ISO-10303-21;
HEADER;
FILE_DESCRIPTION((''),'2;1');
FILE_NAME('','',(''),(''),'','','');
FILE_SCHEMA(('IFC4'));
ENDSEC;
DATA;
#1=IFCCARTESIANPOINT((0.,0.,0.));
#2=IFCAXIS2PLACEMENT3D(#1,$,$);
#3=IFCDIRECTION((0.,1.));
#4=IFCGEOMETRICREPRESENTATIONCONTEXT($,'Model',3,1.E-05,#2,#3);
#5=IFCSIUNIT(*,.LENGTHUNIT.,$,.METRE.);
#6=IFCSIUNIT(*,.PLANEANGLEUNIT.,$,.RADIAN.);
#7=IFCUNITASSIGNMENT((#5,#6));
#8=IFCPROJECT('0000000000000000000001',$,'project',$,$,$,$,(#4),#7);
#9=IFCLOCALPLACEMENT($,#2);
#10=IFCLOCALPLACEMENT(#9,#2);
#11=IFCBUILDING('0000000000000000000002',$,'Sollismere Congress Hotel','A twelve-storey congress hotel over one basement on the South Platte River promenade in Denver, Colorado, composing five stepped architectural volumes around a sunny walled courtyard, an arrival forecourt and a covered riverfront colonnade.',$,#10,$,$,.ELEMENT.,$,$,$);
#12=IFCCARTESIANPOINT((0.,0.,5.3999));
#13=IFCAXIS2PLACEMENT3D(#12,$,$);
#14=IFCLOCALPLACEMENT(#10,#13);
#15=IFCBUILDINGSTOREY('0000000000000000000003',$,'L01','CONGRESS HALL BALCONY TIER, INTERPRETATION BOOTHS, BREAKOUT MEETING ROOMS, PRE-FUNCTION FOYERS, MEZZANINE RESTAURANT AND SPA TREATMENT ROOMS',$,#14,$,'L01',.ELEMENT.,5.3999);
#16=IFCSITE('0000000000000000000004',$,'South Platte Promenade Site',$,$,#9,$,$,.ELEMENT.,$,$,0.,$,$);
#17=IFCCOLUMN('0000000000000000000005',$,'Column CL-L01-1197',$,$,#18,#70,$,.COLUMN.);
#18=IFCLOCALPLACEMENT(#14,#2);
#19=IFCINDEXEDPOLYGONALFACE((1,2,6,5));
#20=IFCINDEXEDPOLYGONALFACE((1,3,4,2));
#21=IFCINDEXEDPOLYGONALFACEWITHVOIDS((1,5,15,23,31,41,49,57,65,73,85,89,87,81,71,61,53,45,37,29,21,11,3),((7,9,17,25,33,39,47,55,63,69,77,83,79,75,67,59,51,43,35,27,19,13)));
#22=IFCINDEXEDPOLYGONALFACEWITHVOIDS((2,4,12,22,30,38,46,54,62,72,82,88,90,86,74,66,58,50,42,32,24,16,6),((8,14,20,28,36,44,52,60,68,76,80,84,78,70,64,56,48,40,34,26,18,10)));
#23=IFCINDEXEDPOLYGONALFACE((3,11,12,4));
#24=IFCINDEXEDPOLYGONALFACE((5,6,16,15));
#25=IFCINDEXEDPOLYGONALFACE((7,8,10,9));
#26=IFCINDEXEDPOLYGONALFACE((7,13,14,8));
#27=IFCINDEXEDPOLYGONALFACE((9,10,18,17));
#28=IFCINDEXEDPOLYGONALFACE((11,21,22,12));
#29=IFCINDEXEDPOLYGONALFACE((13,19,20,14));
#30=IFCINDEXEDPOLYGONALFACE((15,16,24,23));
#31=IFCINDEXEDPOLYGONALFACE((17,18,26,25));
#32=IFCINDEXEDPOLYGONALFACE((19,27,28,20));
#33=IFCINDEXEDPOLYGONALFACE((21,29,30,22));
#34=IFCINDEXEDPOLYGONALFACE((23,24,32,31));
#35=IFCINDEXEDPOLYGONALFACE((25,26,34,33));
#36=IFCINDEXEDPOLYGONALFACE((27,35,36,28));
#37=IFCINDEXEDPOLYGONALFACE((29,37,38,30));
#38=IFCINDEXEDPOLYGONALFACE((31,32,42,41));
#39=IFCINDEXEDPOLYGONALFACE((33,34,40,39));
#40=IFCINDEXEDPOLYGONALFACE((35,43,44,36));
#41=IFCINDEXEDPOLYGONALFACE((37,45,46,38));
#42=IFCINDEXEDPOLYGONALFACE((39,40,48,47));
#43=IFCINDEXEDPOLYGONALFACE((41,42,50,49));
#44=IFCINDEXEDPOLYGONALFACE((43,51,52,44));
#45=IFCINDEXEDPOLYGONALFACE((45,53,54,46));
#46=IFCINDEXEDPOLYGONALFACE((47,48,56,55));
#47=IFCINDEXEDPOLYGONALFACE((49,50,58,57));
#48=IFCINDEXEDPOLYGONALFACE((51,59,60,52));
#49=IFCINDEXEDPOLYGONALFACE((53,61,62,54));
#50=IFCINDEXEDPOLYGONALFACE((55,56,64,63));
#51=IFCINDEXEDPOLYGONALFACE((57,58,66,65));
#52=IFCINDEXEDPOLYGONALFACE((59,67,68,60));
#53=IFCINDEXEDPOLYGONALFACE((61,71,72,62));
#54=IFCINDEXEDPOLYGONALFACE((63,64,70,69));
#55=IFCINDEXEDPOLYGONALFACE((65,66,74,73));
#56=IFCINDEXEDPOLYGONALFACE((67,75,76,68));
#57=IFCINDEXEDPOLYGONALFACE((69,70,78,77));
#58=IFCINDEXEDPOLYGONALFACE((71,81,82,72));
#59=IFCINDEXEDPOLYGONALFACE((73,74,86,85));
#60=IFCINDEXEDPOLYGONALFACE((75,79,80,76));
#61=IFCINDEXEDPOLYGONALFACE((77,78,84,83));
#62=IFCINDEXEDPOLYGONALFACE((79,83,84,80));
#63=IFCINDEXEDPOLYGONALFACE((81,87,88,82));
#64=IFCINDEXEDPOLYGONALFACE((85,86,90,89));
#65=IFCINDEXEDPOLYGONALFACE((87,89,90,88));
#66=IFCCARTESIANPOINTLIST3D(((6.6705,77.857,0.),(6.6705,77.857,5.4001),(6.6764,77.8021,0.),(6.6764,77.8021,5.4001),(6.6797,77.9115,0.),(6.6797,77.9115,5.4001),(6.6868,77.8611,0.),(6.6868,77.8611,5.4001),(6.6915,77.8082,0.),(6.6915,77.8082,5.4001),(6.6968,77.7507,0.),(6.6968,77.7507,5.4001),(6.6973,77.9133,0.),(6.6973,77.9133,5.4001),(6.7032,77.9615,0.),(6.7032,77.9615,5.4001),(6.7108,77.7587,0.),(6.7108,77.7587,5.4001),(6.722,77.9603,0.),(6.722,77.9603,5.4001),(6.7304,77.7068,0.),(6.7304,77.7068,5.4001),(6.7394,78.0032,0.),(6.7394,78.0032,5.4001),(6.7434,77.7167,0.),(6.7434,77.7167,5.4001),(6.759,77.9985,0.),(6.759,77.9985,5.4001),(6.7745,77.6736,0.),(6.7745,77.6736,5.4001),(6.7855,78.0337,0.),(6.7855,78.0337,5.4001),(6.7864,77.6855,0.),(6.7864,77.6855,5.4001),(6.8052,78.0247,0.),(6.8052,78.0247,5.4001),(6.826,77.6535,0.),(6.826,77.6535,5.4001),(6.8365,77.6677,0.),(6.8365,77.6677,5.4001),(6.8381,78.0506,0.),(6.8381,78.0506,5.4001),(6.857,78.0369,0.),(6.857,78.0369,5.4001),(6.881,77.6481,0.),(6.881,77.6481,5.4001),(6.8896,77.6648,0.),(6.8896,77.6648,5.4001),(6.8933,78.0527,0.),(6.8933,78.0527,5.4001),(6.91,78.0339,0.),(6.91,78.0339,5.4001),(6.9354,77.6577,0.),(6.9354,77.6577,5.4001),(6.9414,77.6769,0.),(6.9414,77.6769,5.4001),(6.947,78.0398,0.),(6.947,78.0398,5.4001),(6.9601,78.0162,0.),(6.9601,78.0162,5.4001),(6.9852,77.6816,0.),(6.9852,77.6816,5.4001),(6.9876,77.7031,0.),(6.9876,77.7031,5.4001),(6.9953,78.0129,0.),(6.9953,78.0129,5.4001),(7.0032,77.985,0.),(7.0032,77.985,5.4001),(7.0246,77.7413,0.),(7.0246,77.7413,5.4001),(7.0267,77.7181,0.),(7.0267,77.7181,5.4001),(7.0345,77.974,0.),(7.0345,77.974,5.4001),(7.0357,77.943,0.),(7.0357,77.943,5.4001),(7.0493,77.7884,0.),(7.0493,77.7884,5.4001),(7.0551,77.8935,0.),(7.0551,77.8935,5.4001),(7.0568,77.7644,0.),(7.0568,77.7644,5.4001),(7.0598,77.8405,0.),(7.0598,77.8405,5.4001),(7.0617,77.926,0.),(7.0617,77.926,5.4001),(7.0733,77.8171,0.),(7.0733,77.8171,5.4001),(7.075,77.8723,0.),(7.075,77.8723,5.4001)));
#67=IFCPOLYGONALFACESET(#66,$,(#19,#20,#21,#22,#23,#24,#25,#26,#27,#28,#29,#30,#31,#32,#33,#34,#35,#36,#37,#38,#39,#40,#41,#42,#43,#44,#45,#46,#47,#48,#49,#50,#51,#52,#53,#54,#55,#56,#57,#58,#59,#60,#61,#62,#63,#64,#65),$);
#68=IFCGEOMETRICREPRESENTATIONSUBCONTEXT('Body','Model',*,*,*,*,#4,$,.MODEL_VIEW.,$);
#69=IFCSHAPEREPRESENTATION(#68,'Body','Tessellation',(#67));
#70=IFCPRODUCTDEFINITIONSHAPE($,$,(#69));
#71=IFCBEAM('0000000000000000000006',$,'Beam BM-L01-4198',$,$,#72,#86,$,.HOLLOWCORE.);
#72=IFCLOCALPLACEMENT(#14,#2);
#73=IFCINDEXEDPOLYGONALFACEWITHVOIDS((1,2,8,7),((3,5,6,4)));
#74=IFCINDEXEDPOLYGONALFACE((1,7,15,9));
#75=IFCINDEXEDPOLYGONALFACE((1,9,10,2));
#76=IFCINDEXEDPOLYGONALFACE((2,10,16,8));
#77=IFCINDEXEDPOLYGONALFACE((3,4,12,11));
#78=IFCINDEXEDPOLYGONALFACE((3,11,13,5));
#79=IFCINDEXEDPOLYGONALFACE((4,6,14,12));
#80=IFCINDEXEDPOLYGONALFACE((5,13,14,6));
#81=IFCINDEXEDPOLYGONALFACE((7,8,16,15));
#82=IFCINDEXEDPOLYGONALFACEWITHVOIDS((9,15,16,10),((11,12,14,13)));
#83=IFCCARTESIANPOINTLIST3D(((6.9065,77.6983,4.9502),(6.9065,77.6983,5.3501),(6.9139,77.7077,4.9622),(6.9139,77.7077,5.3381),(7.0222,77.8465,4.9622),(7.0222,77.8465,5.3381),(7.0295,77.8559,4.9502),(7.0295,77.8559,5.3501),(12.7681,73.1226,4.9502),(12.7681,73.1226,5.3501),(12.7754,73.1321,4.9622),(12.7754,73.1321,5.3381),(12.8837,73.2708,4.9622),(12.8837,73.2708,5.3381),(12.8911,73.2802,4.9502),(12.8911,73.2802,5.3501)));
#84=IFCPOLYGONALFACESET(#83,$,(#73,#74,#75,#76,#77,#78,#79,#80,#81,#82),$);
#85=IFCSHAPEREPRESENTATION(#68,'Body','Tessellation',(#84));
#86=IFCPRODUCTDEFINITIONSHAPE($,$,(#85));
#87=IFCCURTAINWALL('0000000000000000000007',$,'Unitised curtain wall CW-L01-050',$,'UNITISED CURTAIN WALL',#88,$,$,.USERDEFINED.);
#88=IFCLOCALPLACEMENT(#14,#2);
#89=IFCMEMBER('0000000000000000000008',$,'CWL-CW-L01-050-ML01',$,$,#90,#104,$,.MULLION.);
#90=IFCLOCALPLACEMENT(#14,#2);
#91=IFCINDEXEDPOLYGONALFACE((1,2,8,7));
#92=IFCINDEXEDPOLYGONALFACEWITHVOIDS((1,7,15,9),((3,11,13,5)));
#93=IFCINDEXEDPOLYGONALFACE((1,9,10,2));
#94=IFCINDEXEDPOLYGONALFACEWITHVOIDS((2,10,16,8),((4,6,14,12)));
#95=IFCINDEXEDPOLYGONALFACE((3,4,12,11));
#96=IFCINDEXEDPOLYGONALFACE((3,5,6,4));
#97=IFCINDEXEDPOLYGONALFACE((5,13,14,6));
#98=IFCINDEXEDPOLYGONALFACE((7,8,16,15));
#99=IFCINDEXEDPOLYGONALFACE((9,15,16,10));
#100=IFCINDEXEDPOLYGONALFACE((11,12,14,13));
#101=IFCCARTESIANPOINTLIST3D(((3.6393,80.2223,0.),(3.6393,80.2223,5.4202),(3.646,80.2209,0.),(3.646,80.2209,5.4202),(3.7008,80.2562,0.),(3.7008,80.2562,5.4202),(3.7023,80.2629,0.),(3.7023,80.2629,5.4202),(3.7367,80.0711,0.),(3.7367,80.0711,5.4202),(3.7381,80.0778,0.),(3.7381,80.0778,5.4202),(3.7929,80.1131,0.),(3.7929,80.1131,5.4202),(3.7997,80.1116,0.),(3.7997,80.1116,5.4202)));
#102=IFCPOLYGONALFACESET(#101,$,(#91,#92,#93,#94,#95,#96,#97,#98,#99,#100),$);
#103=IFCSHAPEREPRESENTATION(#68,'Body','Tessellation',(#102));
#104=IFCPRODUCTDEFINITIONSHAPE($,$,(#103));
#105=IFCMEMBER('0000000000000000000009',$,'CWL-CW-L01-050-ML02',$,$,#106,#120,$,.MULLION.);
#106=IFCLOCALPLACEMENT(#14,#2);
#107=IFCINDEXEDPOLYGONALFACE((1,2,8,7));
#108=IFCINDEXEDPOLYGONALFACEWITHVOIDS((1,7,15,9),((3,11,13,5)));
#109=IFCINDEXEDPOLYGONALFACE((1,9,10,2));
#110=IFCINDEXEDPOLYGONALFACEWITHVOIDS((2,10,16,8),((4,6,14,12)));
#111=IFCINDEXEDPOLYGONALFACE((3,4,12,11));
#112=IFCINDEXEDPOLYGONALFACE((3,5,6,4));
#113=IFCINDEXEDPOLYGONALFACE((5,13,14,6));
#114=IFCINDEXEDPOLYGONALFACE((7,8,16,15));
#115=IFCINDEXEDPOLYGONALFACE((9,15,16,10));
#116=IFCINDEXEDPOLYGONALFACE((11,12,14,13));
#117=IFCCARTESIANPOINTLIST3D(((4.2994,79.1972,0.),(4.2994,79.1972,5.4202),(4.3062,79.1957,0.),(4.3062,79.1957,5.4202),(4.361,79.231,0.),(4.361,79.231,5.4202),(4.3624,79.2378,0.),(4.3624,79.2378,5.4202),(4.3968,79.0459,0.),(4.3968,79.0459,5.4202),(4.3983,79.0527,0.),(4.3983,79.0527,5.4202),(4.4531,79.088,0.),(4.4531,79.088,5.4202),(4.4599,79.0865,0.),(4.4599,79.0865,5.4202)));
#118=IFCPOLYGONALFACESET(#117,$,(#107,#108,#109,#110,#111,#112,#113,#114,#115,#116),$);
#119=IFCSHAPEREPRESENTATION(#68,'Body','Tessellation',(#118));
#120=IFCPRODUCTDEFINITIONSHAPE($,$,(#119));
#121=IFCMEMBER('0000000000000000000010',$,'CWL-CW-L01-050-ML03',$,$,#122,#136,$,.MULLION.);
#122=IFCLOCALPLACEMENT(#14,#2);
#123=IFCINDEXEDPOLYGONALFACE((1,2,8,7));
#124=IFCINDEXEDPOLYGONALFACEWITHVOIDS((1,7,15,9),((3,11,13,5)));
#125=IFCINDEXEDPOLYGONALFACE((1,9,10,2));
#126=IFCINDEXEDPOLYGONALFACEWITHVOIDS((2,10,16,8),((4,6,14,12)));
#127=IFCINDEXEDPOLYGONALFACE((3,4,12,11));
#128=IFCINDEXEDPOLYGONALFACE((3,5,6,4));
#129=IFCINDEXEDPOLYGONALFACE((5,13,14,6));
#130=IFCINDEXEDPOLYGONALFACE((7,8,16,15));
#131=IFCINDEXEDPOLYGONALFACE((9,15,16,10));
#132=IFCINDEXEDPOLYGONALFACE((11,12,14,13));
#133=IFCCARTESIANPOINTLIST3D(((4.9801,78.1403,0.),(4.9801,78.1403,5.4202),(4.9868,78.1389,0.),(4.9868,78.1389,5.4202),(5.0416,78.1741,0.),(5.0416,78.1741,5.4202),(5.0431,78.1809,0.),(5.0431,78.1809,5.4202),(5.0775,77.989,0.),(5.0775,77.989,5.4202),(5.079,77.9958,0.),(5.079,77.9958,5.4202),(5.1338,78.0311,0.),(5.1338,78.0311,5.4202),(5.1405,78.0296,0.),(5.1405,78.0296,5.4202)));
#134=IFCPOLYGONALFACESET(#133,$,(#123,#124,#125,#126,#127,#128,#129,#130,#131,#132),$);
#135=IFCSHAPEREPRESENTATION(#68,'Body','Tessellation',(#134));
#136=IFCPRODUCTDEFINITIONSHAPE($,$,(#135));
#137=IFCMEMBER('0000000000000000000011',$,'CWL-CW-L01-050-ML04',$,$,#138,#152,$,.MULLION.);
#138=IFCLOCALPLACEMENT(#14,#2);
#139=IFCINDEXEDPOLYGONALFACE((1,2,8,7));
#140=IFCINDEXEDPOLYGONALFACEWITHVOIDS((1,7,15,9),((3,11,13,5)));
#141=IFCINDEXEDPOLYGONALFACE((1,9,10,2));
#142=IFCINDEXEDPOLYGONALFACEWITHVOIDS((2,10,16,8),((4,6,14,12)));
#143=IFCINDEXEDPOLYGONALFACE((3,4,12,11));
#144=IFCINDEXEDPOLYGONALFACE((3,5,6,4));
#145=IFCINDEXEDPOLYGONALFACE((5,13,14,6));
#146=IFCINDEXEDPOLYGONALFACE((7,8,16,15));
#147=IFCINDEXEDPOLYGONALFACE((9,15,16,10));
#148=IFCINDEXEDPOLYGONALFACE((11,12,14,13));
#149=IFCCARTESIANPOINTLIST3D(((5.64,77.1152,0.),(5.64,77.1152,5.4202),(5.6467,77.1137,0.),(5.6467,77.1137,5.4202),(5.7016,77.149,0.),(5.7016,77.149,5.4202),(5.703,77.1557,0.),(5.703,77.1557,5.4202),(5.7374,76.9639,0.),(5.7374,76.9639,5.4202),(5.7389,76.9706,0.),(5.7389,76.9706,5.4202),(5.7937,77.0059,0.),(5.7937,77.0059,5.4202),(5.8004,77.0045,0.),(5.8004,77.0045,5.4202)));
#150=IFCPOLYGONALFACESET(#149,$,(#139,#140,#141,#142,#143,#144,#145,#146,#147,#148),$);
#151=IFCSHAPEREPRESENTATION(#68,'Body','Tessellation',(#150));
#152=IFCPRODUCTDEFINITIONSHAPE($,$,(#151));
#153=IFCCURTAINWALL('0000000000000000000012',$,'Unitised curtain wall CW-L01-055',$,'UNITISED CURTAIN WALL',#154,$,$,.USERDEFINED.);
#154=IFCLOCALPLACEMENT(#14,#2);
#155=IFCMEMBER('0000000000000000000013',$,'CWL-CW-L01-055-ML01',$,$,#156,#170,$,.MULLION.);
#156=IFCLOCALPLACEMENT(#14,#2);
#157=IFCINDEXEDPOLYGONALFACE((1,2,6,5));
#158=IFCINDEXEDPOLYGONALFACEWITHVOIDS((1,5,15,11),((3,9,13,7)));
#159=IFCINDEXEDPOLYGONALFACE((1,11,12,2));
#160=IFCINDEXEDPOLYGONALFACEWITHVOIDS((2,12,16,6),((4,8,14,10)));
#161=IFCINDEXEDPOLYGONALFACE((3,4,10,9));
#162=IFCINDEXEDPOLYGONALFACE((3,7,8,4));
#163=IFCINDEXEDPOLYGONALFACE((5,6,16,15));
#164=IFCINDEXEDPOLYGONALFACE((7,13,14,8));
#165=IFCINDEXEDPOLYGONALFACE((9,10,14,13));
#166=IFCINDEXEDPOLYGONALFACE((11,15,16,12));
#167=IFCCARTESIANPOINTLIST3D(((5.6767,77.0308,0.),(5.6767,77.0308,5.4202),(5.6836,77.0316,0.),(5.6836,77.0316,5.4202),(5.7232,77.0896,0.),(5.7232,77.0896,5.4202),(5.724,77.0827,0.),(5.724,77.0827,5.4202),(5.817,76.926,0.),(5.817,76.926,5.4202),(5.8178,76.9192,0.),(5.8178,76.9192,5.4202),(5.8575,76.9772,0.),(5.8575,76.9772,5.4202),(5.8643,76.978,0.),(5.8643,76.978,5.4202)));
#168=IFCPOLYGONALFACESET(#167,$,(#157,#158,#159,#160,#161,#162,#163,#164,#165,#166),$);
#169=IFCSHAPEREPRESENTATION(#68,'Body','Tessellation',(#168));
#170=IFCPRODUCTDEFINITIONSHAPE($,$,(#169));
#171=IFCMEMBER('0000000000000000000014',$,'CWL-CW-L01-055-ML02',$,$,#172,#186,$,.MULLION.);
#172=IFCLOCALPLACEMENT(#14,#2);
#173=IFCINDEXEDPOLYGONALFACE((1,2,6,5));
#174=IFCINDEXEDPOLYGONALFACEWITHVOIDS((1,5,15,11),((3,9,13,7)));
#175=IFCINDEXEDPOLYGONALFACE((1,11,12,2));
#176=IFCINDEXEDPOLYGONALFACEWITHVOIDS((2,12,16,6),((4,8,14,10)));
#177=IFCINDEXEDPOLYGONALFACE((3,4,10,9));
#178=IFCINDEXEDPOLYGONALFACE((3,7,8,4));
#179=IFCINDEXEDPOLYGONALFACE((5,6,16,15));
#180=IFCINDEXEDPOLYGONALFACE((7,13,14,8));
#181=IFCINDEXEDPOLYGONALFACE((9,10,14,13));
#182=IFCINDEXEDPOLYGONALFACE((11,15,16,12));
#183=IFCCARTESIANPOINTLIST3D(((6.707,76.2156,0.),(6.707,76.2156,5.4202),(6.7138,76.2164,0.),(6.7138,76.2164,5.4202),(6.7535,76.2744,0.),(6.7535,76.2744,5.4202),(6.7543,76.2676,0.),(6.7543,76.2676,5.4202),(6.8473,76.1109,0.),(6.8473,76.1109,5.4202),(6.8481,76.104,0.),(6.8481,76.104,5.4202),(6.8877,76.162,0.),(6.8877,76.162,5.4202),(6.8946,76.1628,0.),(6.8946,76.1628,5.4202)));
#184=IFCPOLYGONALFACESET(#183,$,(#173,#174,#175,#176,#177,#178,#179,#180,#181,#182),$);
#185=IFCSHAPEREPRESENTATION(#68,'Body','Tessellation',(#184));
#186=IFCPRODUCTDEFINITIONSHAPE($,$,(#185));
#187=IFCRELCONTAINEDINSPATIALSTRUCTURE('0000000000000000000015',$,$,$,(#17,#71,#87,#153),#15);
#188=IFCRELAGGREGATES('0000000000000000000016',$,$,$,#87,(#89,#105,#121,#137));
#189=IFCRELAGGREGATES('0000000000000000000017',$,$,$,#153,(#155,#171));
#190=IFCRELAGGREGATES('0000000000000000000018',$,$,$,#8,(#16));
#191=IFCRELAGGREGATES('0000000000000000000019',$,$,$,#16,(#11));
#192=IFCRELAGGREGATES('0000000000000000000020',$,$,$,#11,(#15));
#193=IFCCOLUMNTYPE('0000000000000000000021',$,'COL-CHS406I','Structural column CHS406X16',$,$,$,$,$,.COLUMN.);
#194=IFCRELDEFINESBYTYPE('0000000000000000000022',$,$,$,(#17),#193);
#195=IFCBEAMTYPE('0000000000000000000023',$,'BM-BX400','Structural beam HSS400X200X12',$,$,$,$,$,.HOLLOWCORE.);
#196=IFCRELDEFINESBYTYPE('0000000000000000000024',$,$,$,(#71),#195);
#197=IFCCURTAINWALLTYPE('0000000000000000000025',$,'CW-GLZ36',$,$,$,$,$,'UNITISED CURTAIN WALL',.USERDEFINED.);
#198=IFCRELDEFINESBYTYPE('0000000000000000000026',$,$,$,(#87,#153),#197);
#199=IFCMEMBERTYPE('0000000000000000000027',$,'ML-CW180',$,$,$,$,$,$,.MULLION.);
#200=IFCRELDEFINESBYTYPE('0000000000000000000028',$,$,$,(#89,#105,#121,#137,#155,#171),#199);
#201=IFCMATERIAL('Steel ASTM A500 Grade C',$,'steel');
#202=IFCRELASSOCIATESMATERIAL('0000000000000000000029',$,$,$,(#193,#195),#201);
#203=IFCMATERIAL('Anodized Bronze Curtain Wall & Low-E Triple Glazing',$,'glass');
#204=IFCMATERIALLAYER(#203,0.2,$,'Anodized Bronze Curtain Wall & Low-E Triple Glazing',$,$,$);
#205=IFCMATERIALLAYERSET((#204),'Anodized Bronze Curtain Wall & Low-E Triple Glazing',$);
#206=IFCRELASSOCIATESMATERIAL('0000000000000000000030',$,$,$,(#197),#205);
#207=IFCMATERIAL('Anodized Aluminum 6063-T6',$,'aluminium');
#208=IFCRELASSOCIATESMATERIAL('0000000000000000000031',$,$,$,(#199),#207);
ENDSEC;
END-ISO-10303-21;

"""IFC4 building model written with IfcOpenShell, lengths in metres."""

from ifc_helpers import new_model, si_unit, direction, frame, origin, origin_2d, place, context, subcontext, project, spatial, hollow_rectangle, hollow_circle, extrude, material, layer, layer_set, material_profile, profile_set, type_object, element, aggregate, save


model = new_model("IFC4")

# Units and contexts
model_context = context("Model", 3, precision=1e-05, world=origin(), true_north=direction((0.0, 1.0)))
body_context = subcontext(model_context, "Body", "Model", "MODEL_VIEW")
ifc_project = project(units=[si_unit("LENGTHUNIT", "METRE"), si_unit("PLANEANGLEUNIT", "RADIAN")], contexts=[model_context])

# Site, building, storey
site_placement = place(None, origin())
site = spatial("IfcSite", under=ifc_project, at=site_placement, Name="South Platte Promenade Site", CompositionType="ELEMENT", RefElevation=0.0)
building_placement = place(site_placement, origin())
building = spatial("IfcBuilding", under=site, at=building_placement, Name="Sollismere Congress Hotel", Description="A twelve-storey congress hotel over one basement on the South Platte River promenade in Denver, Colorado, composing five stepped architectural volumes around a sunny walled courtyard, an arrival forecourt and a covered riverfront colonnade.", CompositionType="ELEMENT")
storey_placement = place(building_placement, frame((0.0, 0.0, 5.3999)))
storey = spatial("IfcBuildingStorey", under=building, at=storey_placement, Name="L01", Description="CONGRESS HALL BALCONY TIER, INTERPRETATION BOOTHS, BREAKOUT MEETING ROOMS, PRE-FUNCTION FOYERS, MEZZANINE RESTAURANT AND SPA TREATMENT ROOMS", LongName="L01", CompositionType="ELEMENT", Elevation=5.3999)

# Column
ifc_material_1 = material(Name="Steel ASTM A500 Grade C", Category="steel")
ifc_material_profile_1 = material_profile(ifc_material_1, hollow_circle(Radius=0.2029, WallThickness=0.0161, at=origin_2d()), Name="CHS406X16")
ifc_profile_set_1 = profile_set([ifc_material_profile_1], Name="Steel ASTM A500 Grade C")
column_type = type_object("IfcColumnType", Name="COL-CHS406I", Description="Structural column CHS406X16", PredefinedType="COLUMN", material=ifc_profile_set_1)
column_placement = place(storey_placement, frame((6.8733, 77.8508, 0.0), z_axis=(0.0, 0.0, 1.0), x_axis=(-0.86984, -0.493335, 0.0)))
element("IfcColumn", 1, at=column_placement, inside=storey, type_object=column_type, Name="Column CL-L01-1197", PredefinedType="COLUMN", context=body_context, shape_type="SweptSolid", body=[
    extrude(hollow_circle(Radius=0.2029, WallThickness=0.0161, at=origin_2d()), origin(), (0.0, 0.0, 1.0), 5.4001),
])

# Beam
ifc_material_profile_2 = material_profile(ifc_material_1, hollow_rectangle(XDim=0.2, YDim=0.3999, WallThickness=0.012, at=origin_2d()), Name="HSS400X200X12")
ifc_profile_set_2 = profile_set([ifc_material_profile_2], Name="Steel ASTM A500 Grade C")
beam_type = type_object("IfcBeamType", Name="BM-BX400", Description="Structural beam HSS400X200X12", PredefinedType="HOLLOWCORE", material=ifc_profile_set_2)
beam_placement = place(storey_placement, frame((6.968, 77.7771, 5.1501), z_axis=(0.788264, -0.615338, 0.0), x_axis=(0.615338, 0.788264, 0.0)))
element("IfcBeam", 2, at=beam_placement, inside=storey, type_object=beam_type, Name="Beam BM-L01-4198", PredefinedType="HOLLOWCORE", context=body_context, shape_type="SweptSolid", body=[
    extrude(hollow_rectangle(XDim=0.2, YDim=0.3999, WallThickness=0.012, at=origin_2d()), origin(), (0.0, 0.0, 1.0), 7.436),
])

# Curtain walls, members
ifc_material_2 = material(Name="Anodized Bronze Curtain Wall & Low-E Triple Glazing", Category="glass")
ifc_layer_1 = layer(ifc_material_2, 0.2, Name="Anodized Bronze Curtain Wall & Low-E Triple Glazing")
ifc_layer_set_1 = layer_set([ifc_layer_1], Name="Anodized Bronze Curtain Wall & Low-E Triple Glazing")
curtain_wall_type = type_object("IfcCurtainWallType", Name="CW-GLZ36", ElementType="UNITISED CURTAIN WALL", PredefinedType="USERDEFINED", material=ifc_layer_set_1)
curtain_wall_1_placement = place(storey_placement, origin())
curtain_wall_1 = element("IfcCurtainWall", 3, at=curtain_wall_1_placement, inside=storey, type_object=curtain_wall_type, Name="Unitised curtain wall CW-L01-050", ObjectType="UNITISED CURTAIN WALL", PredefinedType="USERDEFINED")
ifc_material_3 = material(Name="Anodized Aluminum 6063-T6", Category="aluminium")
ifc_material_profile_3 = material_profile(ifc_material_3, hollow_rectangle(XDim=0.075, YDim=0.1799, WallThickness=0.0049, at=origin_2d()), Name="ALU180X75X5")
ifc_profile_set_3 = profile_set([ifc_material_profile_3], Name="Anodized Aluminum 6063-T6")
member_type_1 = type_object("IfcMemberType", Name="ML-CW180", PredefinedType="MULLION", material=ifc_profile_set_3)
member_1_placement = place(storey_placement, frame((3.7195, 80.167, 0.0), z_axis=(0.0, 0.0, 1.0), x_axis=(0.840775, 0.541385, 0.0)))
member_1 = element("IfcMember", 4, at=member_1_placement, type_object=member_type_1, Name="CWL-CW-L01-050-ML01", PredefinedType="MULLION", context=body_context, shape_type="SweptSolid", body=[
    extrude(hollow_rectangle(XDim=0.075, YDim=0.1799, WallThickness=0.0049, at=origin_2d()), origin(), (0.0, 0.0, 1.0), 5.4202),
])
member_2_placement = place(storey_placement, frame((4.3796, 79.1418, 0.0), z_axis=(0.0, 0.0, 1.0), x_axis=(0.840775, 0.541385, 0.0)))
member_2 = element("IfcMember", 5, at=member_2_placement, type_object=member_type_1, Name="CWL-CW-L01-050-ML02", PredefinedType="MULLION", context=body_context, shape_type="SweptSolid", body=[
    extrude(hollow_rectangle(XDim=0.075, YDim=0.1799, WallThickness=0.0049, at=origin_2d()), origin(), (0.0, 0.0, 1.0), 5.4202),
])
member_3_placement = place(storey_placement, frame((5.0603, 78.085, 0.0), z_axis=(0.0, 0.0, 1.0), x_axis=(0.840775, 0.541385, 0.0)))
member_3 = element("IfcMember", 6, at=member_3_placement, type_object=member_type_1, Name="CWL-CW-L01-050-ML03", PredefinedType="MULLION", context=body_context, shape_type="SweptSolid", body=[
    extrude(hollow_rectangle(XDim=0.075, YDim=0.1799, WallThickness=0.0049, at=origin_2d()), origin(), (0.0, 0.0, 1.0), 5.4202),
])
member_4_placement = place(storey_placement, frame((5.7202, 77.0598, 0.0), z_axis=(0.0, 0.0, 1.0), x_axis=(0.840775, 0.541385, 0.0)))
member_4 = element("IfcMember", 7, at=member_4_placement, type_object=member_type_1, Name="CWL-CW-L01-050-ML04", PredefinedType="MULLION", context=body_context, shape_type="SweptSolid", body=[
    extrude(hollow_rectangle(XDim=0.075, YDim=0.1799, WallThickness=0.0049, at=origin_2d()), origin(), (0.0, 0.0, 1.0), 5.4202),
])
curtain_wall_2_placement = place(storey_placement, origin())
curtain_wall_2 = element("IfcCurtainWall", 8, at=curtain_wall_2_placement, inside=storey, type_object=curtain_wall_type, Name="Unitised curtain wall CW-L01-055", ObjectType="UNITISED CURTAIN WALL", PredefinedType="USERDEFINED")
member_5_placement = place(storey_placement, frame((5.7705, 77.0044, 0.0), z_axis=(0.0, 0.0, 1.0), x_axis=(0.620532, 0.784181, 0.0)))
member_5 = element("IfcMember", 9, at=member_5_placement, type_object=member_type_1, Name="CWL-CW-L01-055-ML01", PredefinedType="MULLION", context=body_context, shape_type="SweptSolid", body=[
    extrude(hollow_rectangle(XDim=0.075, YDim=0.1799, WallThickness=0.0049, at=origin_2d()), origin(), (0.0, 0.0, 1.0), 5.4202),
])
member_6_placement = place(storey_placement, frame((6.8008, 76.1892, 0.0), z_axis=(0.0, 0.0, 1.0), x_axis=(0.620532, 0.784181, 0.0)))
member_6 = element("IfcMember", 10, at=member_6_placement, type_object=member_type_1, Name="CWL-CW-L01-055-ML02", PredefinedType="MULLION", context=body_context, shape_type="SweptSolid", body=[
    extrude(hollow_rectangle(XDim=0.075, YDim=0.1799, WallThickness=0.0049, at=origin_2d()), origin(), (0.0, 0.0, 1.0), 5.4202),
])

aggregate(curtain_wall_1, [member_1, member_2, member_3, member_4])
aggregate(curtain_wall_2, [member_5, member_6])

save(model, "model.ifc")
